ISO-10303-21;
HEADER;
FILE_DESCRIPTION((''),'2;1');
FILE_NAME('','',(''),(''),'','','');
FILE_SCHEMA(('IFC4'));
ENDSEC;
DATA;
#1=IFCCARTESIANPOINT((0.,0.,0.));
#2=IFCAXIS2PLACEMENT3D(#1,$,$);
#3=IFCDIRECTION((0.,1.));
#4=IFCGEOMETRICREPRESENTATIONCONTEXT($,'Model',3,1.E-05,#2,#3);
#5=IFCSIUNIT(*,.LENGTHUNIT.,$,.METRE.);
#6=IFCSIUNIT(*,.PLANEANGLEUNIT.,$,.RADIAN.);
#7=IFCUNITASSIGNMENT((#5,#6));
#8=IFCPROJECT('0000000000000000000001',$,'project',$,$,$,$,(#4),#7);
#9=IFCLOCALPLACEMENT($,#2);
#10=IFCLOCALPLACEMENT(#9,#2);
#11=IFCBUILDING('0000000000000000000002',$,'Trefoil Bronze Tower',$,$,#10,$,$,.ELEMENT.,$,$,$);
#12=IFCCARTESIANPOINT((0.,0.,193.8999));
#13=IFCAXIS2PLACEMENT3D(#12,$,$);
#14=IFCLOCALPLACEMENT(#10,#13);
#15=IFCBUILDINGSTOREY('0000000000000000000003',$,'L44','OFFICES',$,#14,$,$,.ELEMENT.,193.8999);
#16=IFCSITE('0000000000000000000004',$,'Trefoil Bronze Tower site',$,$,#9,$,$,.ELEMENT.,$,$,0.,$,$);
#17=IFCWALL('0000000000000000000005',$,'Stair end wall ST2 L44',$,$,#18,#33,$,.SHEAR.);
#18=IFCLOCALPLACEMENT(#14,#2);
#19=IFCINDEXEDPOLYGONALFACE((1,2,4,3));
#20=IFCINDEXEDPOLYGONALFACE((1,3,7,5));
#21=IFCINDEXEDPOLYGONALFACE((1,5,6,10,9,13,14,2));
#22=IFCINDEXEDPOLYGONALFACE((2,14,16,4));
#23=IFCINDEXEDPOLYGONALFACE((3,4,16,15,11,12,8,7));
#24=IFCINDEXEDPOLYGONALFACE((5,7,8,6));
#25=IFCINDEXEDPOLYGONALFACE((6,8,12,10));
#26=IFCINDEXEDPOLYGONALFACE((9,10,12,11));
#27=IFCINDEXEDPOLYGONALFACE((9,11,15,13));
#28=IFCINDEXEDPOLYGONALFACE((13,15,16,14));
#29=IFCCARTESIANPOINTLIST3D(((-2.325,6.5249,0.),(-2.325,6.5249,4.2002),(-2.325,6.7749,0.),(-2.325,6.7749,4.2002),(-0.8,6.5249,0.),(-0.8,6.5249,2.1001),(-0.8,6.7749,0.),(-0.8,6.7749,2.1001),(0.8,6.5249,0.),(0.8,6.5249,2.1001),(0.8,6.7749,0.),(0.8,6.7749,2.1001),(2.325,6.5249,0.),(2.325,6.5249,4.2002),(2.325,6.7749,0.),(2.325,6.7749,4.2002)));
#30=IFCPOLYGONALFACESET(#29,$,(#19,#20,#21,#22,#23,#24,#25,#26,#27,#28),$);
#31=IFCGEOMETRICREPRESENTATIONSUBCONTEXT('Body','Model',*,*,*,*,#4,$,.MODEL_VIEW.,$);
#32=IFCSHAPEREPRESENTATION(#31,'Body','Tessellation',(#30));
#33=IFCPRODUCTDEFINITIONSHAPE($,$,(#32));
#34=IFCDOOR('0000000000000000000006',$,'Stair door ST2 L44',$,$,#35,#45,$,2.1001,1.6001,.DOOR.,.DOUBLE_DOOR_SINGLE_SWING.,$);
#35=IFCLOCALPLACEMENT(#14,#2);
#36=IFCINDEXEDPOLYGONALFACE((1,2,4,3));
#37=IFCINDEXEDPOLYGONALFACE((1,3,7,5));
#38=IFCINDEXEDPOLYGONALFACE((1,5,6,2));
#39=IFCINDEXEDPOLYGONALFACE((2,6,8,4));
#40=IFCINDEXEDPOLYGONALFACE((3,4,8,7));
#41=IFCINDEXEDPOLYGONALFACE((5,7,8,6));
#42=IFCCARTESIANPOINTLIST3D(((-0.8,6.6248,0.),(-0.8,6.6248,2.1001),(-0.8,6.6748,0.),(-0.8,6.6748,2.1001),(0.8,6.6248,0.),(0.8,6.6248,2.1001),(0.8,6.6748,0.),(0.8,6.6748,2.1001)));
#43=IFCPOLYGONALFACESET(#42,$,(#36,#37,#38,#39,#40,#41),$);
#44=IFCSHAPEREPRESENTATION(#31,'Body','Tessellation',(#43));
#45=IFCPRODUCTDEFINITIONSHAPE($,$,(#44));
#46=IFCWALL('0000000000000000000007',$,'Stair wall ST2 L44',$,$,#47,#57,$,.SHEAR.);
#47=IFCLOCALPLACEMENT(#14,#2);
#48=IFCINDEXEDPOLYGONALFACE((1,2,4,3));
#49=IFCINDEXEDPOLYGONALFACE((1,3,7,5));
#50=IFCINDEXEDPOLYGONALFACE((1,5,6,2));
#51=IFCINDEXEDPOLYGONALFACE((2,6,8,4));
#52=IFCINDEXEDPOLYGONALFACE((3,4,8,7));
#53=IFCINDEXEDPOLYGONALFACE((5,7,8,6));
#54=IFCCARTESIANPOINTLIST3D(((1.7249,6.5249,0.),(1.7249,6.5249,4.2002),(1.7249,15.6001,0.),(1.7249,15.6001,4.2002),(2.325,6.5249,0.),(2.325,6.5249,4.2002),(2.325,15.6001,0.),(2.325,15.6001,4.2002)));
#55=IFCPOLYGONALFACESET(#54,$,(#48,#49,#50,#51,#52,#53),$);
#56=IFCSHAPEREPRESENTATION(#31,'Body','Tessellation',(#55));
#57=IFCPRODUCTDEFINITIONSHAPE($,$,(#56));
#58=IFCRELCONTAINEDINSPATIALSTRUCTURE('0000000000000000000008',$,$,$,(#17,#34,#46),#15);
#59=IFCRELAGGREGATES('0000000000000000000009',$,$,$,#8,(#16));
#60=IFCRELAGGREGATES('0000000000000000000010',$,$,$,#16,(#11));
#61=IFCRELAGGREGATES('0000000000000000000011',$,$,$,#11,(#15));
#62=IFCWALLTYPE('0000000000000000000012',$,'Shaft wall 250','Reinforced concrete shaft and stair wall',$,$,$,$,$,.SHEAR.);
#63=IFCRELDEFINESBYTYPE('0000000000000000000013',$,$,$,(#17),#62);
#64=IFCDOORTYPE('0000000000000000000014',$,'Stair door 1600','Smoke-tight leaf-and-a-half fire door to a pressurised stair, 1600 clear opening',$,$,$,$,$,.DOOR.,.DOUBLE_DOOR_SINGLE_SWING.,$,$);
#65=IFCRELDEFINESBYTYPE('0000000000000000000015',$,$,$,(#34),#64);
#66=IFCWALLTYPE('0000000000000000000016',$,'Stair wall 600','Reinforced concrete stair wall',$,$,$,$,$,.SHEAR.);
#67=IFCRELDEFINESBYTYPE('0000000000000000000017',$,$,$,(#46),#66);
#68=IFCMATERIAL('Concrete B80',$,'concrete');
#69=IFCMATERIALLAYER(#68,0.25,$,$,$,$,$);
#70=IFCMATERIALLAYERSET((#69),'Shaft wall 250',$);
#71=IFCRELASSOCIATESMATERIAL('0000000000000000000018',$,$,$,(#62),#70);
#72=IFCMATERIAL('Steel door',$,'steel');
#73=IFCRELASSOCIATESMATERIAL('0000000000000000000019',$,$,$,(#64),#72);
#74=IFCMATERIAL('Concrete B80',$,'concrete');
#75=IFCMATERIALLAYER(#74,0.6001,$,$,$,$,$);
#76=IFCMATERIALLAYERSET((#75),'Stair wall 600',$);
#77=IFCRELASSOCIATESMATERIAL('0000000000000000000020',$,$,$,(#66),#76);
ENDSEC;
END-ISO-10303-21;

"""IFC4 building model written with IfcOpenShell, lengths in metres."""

from ifc_helpers import new_model, si_unit, direction, frame, frame_2d, origin, place, context, subcontext, project, spatial, rectangle, extrude, material, layer, layer_set, type_object, element, fill, save


model = new_model("IFC4")

# Units and contexts
model_context = context("Model", 3, precision=1e-05, world=origin(), true_north=direction((0.0, 1.0)))
body_context = subcontext(model_context, "Body", "Model", "MODEL_VIEW")
ifc_project = project(units=[si_unit("LENGTHUNIT", "METRE"), si_unit("PLANEANGLEUNIT", "RADIAN")], contexts=[model_context])

# Site, building, storey
site_placement = place(None, origin())
site = spatial("IfcSite", under=ifc_project, at=site_placement, Name="Trefoil Bronze Tower site", CompositionType="ELEMENT", RefElevation=0.0)
building_placement = place(site_placement, origin())
building = spatial("IfcBuilding", under=site, at=building_placement, Name="Trefoil Bronze Tower", CompositionType="ELEMENT")
storey_placement = place(building_placement, frame((0.0, 0.0, 193.8999)))
storey = spatial("IfcBuildingStorey", under=building, at=storey_placement, Name="L44", Description="OFFICES", CompositionType="ELEMENT", Elevation=193.8999)

# Wall, opening, door
ifc_material_1 = material(Name="Concrete B80", Category="concrete")
ifc_layer_1 = layer(ifc_material_1, 0.25)
ifc_layer_set_1 = layer_set([ifc_layer_1], Name="Shaft wall 250")
wall_type_1 = type_object("IfcWallType", Name="Shaft wall 250", Description="Reinforced concrete shaft and stair wall", PredefinedType="SHEAR", material=ifc_layer_set_1)
wall_1_placement = place(storey_placement, frame((2.325, 6.6499, 0.0), z_axis=(0.0, 0.0, 1.0), x_axis=(-1.0, 0.0, 0.0)))
wall_1 = element("IfcWall", 1, at=wall_1_placement, inside=storey, type_object=wall_type_1, Name="Stair end wall ST2 L44", PredefinedType="SHEAR", context=body_context, shape_type="SweptSolid", body=[
    extrude(rectangle(XDim=4.6499, YDim=0.25, at=frame_2d((2.325, 0.0))), origin(), (0.0, 0.0, 1.0), 4.2002),
])
opening_1_placement = place(wall_1_placement, frame((1.5249, 0.0, 0.0)))
opening_1 = element("IfcOpeningElement", 2, at=opening_1_placement, cuts=wall_1, PredefinedType="OPENING", context=body_context, shape_type="SweptSolid", body=[
    extrude(rectangle(XDim=1.6001, YDim=2.1001, at=frame_2d((0.8, 1.05))), frame((0.0, 0.135, 0.0), z_axis=(0.0, -1.0, 0.0), x_axis=(1.0, 0.0, 0.0)), (0.0, 0.0, 1.0), 0.27),
])
ifc_material_2 = material(Name="Steel door", Category="steel")
door_type_1 = type_object("IfcDoorType", Name="Stair door 1600", Description="Smoke-tight leaf-and-a-half fire door to a pressurised stair, 1600 clear opening", OperationType="DOUBLE_DOOR_SINGLE_SWING", PredefinedType="DOOR", material=ifc_material_2)
door_1_placement = place(opening_1_placement, frame((1.6001, 0.0, 0.0), z_axis=(0.0, 0.0, 1.0), x_axis=(-1.0, 0.0, 0.0)))
door_1 = element("IfcDoor", 3, at=door_1_placement, inside=storey, type_object=door_type_1, Name="Stair door ST2 L44", OperationType="DOUBLE_DOOR_SINGLE_SWING", OverallHeight=2.1001, OverallWidth=1.6001, PredefinedType="DOOR", context=body_context, shape_type="SweptSolid", body=[
    extrude(rectangle(XDim=1.6001, YDim=2.1001, at=frame_2d((0.8, 1.05))), frame((0.0, 0.0249, 0.0), z_axis=(0.0, -1.0, 0.0), x_axis=(1.0, 0.0, 0.0)), (0.0, 0.0, 1.0), 0.05),
])
fill(opening_1, door_1)

# Wall
ifc_material_3 = material(Name="Concrete B80", Category="concrete")
ifc_layer_2 = layer(ifc_material_3, 0.6001)
ifc_layer_set_2 = layer_set([ifc_layer_2], Name="Stair wall 600")
wall_type_2 = type_object("IfcWallType", Name="Stair wall 600", Description="Reinforced concrete stair wall", PredefinedType="SHEAR", material=ifc_layer_set_2)
wall_2_placement = place(storey_placement, frame((2.0249, 6.5249, 0.0), z_axis=(0.0, 0.0, 1.0), x_axis=(0.0, 1.0, 0.0)))
element("IfcWall", 4, at=wall_2_placement, inside=storey, type_object=wall_type_2, Name="Stair wall ST2 L44", PredefinedType="SHEAR", context=body_context, shape_type="SweptSolid", body=[
    extrude(rectangle(XDim=9.0752, YDim=0.6001, at=frame_2d((4.5376, 0.0))), origin(), (0.0, 0.0, 1.0), 4.2002),
])

save(model, "model.ifc")
